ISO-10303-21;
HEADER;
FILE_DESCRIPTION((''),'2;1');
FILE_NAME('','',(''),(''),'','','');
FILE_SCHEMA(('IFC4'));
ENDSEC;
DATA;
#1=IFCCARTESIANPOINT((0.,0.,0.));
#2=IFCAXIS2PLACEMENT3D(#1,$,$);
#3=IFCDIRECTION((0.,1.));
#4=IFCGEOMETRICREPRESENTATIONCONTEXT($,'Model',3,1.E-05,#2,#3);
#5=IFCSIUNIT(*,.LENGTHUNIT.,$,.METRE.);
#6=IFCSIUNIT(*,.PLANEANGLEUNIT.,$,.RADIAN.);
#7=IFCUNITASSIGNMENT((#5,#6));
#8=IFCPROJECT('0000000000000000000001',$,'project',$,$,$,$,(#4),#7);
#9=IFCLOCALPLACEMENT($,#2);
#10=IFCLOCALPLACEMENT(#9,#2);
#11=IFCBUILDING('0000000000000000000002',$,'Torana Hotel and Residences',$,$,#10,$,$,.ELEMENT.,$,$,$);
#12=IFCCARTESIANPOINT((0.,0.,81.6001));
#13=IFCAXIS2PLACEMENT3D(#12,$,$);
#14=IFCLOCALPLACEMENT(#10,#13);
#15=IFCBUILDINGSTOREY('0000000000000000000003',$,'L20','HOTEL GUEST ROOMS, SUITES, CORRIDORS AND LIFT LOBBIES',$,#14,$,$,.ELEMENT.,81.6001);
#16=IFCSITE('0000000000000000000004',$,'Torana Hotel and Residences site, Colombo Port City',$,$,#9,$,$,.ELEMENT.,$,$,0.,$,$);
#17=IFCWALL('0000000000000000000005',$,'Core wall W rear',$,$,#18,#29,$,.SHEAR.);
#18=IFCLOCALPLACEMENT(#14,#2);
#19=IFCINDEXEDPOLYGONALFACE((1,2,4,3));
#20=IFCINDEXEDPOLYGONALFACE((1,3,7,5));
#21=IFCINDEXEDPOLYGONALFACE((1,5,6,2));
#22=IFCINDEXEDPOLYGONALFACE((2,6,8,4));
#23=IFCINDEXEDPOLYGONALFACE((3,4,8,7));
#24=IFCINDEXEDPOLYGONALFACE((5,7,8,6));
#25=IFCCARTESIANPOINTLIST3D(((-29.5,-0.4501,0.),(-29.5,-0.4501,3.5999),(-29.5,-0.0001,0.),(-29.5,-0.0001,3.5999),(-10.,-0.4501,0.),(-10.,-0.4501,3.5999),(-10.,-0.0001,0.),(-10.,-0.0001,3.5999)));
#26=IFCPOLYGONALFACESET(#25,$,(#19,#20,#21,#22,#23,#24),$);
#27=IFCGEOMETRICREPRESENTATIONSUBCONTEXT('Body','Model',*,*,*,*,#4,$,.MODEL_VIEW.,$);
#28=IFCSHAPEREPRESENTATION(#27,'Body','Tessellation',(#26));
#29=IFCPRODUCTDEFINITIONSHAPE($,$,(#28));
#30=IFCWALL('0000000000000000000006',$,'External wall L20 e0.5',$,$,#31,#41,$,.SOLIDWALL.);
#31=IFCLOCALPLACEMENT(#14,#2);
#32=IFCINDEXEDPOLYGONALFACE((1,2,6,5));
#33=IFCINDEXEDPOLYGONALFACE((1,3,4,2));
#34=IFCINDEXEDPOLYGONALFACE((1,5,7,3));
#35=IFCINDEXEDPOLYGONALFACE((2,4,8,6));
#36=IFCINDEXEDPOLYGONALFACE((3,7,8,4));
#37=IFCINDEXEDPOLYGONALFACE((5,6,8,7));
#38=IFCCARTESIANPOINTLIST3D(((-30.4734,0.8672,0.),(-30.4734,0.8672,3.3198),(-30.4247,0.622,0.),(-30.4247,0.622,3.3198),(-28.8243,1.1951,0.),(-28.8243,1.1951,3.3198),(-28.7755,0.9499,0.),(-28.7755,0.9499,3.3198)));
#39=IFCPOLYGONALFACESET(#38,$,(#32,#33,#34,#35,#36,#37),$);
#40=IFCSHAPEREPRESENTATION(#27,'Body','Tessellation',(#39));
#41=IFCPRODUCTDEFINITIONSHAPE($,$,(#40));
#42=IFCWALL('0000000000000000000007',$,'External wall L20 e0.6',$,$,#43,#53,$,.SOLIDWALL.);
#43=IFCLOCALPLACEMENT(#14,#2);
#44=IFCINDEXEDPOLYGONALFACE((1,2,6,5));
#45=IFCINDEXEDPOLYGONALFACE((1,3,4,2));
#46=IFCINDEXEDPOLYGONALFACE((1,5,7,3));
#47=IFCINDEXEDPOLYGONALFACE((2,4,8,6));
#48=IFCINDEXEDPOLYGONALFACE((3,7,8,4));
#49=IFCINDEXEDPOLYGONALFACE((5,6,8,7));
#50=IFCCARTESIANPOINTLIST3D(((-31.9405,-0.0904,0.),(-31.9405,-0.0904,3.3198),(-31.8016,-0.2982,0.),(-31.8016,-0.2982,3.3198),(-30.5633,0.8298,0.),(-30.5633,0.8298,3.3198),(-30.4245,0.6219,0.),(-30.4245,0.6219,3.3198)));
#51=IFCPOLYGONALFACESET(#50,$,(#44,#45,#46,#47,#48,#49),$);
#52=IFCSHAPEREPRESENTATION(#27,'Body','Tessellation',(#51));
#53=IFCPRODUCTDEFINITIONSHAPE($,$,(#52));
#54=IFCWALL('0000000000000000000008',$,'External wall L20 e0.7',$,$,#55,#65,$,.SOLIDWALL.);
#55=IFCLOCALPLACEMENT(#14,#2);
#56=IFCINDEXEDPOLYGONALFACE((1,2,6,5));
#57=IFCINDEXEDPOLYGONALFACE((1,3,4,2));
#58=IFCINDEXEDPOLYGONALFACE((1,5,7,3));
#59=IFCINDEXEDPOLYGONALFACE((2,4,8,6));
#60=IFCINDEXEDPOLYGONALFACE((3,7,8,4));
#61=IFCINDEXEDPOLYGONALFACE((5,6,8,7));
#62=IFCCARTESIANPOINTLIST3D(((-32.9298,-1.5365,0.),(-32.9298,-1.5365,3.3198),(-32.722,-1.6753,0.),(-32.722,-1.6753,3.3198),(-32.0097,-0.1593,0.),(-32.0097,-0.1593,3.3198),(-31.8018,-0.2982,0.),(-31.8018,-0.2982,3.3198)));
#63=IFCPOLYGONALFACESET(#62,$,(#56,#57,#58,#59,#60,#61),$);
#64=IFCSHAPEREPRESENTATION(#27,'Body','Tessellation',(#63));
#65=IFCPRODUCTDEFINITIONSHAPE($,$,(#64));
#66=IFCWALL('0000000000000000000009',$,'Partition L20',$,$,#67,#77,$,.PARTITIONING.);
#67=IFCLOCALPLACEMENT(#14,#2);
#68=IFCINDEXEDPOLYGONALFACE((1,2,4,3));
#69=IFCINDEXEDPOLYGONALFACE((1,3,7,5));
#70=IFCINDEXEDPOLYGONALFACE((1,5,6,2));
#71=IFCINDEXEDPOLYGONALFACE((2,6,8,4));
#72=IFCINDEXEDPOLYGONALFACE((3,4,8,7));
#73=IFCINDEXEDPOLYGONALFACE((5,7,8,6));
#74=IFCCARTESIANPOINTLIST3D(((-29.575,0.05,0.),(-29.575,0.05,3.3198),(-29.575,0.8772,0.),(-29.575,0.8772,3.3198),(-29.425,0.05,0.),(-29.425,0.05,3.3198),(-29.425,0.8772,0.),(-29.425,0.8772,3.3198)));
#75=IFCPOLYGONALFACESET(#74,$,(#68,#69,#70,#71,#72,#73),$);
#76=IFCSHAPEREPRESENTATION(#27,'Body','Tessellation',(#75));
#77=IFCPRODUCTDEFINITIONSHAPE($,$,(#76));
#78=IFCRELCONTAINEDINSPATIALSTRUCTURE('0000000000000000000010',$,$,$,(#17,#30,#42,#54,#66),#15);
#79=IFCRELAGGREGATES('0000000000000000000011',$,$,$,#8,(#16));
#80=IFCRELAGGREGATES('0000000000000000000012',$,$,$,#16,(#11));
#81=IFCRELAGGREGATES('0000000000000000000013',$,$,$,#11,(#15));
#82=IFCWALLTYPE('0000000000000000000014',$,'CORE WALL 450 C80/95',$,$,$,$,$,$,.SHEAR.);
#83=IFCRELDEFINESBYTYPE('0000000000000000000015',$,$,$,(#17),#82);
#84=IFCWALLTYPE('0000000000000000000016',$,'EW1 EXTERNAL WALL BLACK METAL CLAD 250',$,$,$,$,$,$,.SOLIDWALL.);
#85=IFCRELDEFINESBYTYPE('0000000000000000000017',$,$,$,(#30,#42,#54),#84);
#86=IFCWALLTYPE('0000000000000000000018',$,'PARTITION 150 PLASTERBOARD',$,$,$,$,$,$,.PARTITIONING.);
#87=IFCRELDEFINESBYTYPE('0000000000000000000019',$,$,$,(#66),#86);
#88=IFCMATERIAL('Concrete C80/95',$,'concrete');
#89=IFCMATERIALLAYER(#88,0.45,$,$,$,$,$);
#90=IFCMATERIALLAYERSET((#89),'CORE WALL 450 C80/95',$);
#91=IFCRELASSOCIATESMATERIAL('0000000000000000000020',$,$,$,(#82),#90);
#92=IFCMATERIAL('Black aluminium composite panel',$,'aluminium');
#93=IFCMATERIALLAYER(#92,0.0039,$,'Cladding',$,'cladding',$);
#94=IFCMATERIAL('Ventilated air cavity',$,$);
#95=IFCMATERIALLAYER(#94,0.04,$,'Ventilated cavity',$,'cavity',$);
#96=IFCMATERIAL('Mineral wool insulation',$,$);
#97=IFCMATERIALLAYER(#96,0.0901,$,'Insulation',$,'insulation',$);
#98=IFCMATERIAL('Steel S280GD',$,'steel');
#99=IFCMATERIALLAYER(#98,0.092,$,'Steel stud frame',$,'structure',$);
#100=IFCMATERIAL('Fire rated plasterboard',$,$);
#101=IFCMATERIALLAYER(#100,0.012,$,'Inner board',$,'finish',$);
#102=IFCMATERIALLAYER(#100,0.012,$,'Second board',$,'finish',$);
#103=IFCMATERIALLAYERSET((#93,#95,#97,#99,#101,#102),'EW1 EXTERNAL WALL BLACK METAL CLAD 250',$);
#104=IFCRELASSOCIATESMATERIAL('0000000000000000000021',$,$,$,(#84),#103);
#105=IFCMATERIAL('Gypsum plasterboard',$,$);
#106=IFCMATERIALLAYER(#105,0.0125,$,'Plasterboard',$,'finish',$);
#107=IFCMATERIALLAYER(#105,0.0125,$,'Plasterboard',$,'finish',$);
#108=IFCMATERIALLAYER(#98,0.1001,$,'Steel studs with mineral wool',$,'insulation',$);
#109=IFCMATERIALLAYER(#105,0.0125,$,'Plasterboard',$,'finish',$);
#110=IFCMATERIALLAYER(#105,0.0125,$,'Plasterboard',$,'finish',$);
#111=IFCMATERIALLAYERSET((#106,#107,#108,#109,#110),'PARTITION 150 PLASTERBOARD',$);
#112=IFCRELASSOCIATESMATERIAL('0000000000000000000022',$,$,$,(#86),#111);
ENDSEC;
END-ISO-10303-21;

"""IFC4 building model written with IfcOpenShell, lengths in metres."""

from ifc_helpers import new_model, si_unit, direction, frame, frame_2d, origin, place, context, subcontext, project, spatial, rectangle, extrude, material, layer, layer_set, type_object, element, save


model = new_model("IFC4")

# Units and contexts
model_context = context("Model", 3, precision=1e-05, world=origin(), true_north=direction((0.0, 1.0)))
body_context = subcontext(model_context, "Body", "Model", "MODEL_VIEW")
ifc_project = project(units=[si_unit("LENGTHUNIT", "METRE"), si_unit("PLANEANGLEUNIT", "RADIAN")], contexts=[model_context])

# Site, building, storey
site_placement = place(None, origin())
site = spatial("IfcSite", under=ifc_project, at=site_placement, Name="Torana Hotel and Residences site, Colombo Port City", CompositionType="ELEMENT", RefElevation=0.0)
building_placement = place(site_placement, origin())
building = spatial("IfcBuilding", under=site, at=building_placement, Name="Torana Hotel and Residences", CompositionType="ELEMENT")
storey_placement = place(building_placement, frame((0.0, 0.0, 81.6001)))
storey = spatial("IfcBuildingStorey", under=building, at=storey_placement, Name="L20", Description="HOTEL GUEST ROOMS, SUITES, CORRIDORS AND LIFT LOBBIES", CompositionType="ELEMENT", Elevation=81.6001)

# Walls
ifc_material_1 = material(Name="Concrete C80/95", Category="concrete")
ifc_layer_1 = layer(ifc_material_1, 0.45)
ifc_layer_set_1 = layer_set([ifc_layer_1], Name="CORE WALL 450 C80/95")
wall_type_1 = type_object("IfcWallType", Name="CORE WALL 450 C80/95", PredefinedType="SHEAR", material=ifc_layer_set_1)
wall_1_placement = place(storey_placement, frame((-29.5, -0.2251, 0.0), z_axis=(0.0, 0.0, 1.0), x_axis=(1.0, 0.0, 0.0)))
element("IfcWall", 1, at=wall_1_placement, inside=storey, type_object=wall_type_1, Name="Core wall W rear", PredefinedType="SHEAR", context=body_context, shape_type="SweptSolid", body=[
    extrude(rectangle(XDim=19.5, YDim=0.45, at=frame_2d((9.75, 0.0))), origin(), (0.0, 0.0, 1.0), 3.5999),
])
ifc_material_2 = material(Name="Black aluminium composite panel", Category="aluminium")
ifc_layer_2 = layer(ifc_material_2, 0.0039, Name="Cladding", Category="cladding")
ifc_material_3 = material(Name="Ventilated air cavity")
ifc_layer_3 = layer(ifc_material_3, 0.04, Name="Ventilated cavity", Category="cavity")
ifc_material_4 = material(Name="Mineral wool insulation")
ifc_layer_4 = layer(ifc_material_4, 0.0901, Name="Insulation", Category="insulation")
ifc_material_5 = material(Name="Steel S280GD", Category="steel")
ifc_layer_5 = layer(ifc_material_5, 0.092, Name="Steel stud frame", Category="structure")
ifc_material_6 = material(Name="Fire rated plasterboard")
ifc_layer_6 = layer(ifc_material_6, 0.012, Name="Inner board", Category="finish")
ifc_layer_7 = layer(ifc_material_6, 0.012, Name="Second board", Category="finish")
ifc_layer_set_2 = layer_set([ifc_layer_2, ifc_layer_3, ifc_layer_4, ifc_layer_5, ifc_layer_6, ifc_layer_7], Name="EW1 EXTERNAL WALL BLACK METAL CLAD 250")
wall_type_2 = type_object("IfcWallType", Name="EW1 EXTERNAL WALL BLACK METAL CLAD 250", PredefinedType="SOLIDWALL", material=ifc_layer_set_2)
wall_2_placement = place(storey_placement, frame((-28.7998, 1.0725, 0.0), z_axis=(0.0, 0.0, 1.0), x_axis=(-0.980803, -0.194999, 0.0)))
element("IfcWall", 2, at=wall_2_placement, inside=storey, type_object=wall_type_2, Name="External wall L20 e0.5", PredefinedType="SOLIDWALL", context=body_context, shape_type="SweptSolid", body=[
    extrude(rectangle(XDim=1.6814, YDim=0.25, at=frame_2d((0.8408, 0.0))), origin(), (0.0, 0.0, 1.0), 3.3198),
])
for number, where, z_axis, x_axis, name in (
    (3, (-30.4939, 0.7258, 0.0), (0.0, 0.0, 1.0), (-0.831483, -0.55555, 0.0), "External wall L20 e0.6"),
    (4, (-31.9058, -0.2288, 0.0), (0.0, 0.0, 1.0), (-0.55555, -0.831483, 0.0), "External wall L20 e0.7"),
):
    element("IfcWall", number, at=place(storey_placement, frame(where, z_axis=z_axis, x_axis=x_axis)), inside=storey, type_object=wall_type_2, Name=name, PredefinedType="SOLIDWALL", context=body_context, shape_type="SweptSolid", body=[
        extrude(rectangle(XDim=1.6562, YDim=0.25, at=frame_2d((0.8281, 0.0))), origin(), (0.0, 0.0, 1.0), 3.3198),
    ])
ifc_material_7 = material(Name="Gypsum plasterboard")
ifc_layer_8 = layer(ifc_material_7, 0.0125, Name="Plasterboard", Category="finish")
ifc_layer_9 = layer(ifc_material_7, 0.0125, Name="Plasterboard", Category="finish")
ifc_layer_10 = layer(ifc_material_5, 0.1001, Name="Steel studs with mineral wool", Category="insulation")
ifc_layer_11 = layer(ifc_material_7, 0.0125, Name="Plasterboard", Category="finish")
ifc_layer_12 = layer(ifc_material_7, 0.0125, Name="Plasterboard", Category="finish")
ifc_layer_set_3 = layer_set([ifc_layer_8, ifc_layer_9, ifc_layer_10, ifc_layer_11, ifc_layer_12], Name="PARTITION 150 PLASTERBOARD")
wall_type_3 = type_object("IfcWallType", Name="PARTITION 150 PLASTERBOARD", PredefinedType="PARTITIONING", material=ifc_layer_set_3)
wall_3_placement = place(storey_placement, frame((-29.5, 0.05, 0.0), z_axis=(0.0, 0.0, 1.0), x_axis=(0.0, 1.0, 0.0)))
element("IfcWall", 5, at=wall_3_placement, inside=storey, type_object=wall_type_3, Name="Partition L20", PredefinedType="PARTITIONING", context=body_context, shape_type="SweptSolid", body=[
    extrude(rectangle(XDim=0.8271, YDim=0.1499, at=frame_2d((0.4136, 0.0))), origin(), (0.0, 0.0, 1.0), 3.3198),
])

save(model, "model.ifc")
